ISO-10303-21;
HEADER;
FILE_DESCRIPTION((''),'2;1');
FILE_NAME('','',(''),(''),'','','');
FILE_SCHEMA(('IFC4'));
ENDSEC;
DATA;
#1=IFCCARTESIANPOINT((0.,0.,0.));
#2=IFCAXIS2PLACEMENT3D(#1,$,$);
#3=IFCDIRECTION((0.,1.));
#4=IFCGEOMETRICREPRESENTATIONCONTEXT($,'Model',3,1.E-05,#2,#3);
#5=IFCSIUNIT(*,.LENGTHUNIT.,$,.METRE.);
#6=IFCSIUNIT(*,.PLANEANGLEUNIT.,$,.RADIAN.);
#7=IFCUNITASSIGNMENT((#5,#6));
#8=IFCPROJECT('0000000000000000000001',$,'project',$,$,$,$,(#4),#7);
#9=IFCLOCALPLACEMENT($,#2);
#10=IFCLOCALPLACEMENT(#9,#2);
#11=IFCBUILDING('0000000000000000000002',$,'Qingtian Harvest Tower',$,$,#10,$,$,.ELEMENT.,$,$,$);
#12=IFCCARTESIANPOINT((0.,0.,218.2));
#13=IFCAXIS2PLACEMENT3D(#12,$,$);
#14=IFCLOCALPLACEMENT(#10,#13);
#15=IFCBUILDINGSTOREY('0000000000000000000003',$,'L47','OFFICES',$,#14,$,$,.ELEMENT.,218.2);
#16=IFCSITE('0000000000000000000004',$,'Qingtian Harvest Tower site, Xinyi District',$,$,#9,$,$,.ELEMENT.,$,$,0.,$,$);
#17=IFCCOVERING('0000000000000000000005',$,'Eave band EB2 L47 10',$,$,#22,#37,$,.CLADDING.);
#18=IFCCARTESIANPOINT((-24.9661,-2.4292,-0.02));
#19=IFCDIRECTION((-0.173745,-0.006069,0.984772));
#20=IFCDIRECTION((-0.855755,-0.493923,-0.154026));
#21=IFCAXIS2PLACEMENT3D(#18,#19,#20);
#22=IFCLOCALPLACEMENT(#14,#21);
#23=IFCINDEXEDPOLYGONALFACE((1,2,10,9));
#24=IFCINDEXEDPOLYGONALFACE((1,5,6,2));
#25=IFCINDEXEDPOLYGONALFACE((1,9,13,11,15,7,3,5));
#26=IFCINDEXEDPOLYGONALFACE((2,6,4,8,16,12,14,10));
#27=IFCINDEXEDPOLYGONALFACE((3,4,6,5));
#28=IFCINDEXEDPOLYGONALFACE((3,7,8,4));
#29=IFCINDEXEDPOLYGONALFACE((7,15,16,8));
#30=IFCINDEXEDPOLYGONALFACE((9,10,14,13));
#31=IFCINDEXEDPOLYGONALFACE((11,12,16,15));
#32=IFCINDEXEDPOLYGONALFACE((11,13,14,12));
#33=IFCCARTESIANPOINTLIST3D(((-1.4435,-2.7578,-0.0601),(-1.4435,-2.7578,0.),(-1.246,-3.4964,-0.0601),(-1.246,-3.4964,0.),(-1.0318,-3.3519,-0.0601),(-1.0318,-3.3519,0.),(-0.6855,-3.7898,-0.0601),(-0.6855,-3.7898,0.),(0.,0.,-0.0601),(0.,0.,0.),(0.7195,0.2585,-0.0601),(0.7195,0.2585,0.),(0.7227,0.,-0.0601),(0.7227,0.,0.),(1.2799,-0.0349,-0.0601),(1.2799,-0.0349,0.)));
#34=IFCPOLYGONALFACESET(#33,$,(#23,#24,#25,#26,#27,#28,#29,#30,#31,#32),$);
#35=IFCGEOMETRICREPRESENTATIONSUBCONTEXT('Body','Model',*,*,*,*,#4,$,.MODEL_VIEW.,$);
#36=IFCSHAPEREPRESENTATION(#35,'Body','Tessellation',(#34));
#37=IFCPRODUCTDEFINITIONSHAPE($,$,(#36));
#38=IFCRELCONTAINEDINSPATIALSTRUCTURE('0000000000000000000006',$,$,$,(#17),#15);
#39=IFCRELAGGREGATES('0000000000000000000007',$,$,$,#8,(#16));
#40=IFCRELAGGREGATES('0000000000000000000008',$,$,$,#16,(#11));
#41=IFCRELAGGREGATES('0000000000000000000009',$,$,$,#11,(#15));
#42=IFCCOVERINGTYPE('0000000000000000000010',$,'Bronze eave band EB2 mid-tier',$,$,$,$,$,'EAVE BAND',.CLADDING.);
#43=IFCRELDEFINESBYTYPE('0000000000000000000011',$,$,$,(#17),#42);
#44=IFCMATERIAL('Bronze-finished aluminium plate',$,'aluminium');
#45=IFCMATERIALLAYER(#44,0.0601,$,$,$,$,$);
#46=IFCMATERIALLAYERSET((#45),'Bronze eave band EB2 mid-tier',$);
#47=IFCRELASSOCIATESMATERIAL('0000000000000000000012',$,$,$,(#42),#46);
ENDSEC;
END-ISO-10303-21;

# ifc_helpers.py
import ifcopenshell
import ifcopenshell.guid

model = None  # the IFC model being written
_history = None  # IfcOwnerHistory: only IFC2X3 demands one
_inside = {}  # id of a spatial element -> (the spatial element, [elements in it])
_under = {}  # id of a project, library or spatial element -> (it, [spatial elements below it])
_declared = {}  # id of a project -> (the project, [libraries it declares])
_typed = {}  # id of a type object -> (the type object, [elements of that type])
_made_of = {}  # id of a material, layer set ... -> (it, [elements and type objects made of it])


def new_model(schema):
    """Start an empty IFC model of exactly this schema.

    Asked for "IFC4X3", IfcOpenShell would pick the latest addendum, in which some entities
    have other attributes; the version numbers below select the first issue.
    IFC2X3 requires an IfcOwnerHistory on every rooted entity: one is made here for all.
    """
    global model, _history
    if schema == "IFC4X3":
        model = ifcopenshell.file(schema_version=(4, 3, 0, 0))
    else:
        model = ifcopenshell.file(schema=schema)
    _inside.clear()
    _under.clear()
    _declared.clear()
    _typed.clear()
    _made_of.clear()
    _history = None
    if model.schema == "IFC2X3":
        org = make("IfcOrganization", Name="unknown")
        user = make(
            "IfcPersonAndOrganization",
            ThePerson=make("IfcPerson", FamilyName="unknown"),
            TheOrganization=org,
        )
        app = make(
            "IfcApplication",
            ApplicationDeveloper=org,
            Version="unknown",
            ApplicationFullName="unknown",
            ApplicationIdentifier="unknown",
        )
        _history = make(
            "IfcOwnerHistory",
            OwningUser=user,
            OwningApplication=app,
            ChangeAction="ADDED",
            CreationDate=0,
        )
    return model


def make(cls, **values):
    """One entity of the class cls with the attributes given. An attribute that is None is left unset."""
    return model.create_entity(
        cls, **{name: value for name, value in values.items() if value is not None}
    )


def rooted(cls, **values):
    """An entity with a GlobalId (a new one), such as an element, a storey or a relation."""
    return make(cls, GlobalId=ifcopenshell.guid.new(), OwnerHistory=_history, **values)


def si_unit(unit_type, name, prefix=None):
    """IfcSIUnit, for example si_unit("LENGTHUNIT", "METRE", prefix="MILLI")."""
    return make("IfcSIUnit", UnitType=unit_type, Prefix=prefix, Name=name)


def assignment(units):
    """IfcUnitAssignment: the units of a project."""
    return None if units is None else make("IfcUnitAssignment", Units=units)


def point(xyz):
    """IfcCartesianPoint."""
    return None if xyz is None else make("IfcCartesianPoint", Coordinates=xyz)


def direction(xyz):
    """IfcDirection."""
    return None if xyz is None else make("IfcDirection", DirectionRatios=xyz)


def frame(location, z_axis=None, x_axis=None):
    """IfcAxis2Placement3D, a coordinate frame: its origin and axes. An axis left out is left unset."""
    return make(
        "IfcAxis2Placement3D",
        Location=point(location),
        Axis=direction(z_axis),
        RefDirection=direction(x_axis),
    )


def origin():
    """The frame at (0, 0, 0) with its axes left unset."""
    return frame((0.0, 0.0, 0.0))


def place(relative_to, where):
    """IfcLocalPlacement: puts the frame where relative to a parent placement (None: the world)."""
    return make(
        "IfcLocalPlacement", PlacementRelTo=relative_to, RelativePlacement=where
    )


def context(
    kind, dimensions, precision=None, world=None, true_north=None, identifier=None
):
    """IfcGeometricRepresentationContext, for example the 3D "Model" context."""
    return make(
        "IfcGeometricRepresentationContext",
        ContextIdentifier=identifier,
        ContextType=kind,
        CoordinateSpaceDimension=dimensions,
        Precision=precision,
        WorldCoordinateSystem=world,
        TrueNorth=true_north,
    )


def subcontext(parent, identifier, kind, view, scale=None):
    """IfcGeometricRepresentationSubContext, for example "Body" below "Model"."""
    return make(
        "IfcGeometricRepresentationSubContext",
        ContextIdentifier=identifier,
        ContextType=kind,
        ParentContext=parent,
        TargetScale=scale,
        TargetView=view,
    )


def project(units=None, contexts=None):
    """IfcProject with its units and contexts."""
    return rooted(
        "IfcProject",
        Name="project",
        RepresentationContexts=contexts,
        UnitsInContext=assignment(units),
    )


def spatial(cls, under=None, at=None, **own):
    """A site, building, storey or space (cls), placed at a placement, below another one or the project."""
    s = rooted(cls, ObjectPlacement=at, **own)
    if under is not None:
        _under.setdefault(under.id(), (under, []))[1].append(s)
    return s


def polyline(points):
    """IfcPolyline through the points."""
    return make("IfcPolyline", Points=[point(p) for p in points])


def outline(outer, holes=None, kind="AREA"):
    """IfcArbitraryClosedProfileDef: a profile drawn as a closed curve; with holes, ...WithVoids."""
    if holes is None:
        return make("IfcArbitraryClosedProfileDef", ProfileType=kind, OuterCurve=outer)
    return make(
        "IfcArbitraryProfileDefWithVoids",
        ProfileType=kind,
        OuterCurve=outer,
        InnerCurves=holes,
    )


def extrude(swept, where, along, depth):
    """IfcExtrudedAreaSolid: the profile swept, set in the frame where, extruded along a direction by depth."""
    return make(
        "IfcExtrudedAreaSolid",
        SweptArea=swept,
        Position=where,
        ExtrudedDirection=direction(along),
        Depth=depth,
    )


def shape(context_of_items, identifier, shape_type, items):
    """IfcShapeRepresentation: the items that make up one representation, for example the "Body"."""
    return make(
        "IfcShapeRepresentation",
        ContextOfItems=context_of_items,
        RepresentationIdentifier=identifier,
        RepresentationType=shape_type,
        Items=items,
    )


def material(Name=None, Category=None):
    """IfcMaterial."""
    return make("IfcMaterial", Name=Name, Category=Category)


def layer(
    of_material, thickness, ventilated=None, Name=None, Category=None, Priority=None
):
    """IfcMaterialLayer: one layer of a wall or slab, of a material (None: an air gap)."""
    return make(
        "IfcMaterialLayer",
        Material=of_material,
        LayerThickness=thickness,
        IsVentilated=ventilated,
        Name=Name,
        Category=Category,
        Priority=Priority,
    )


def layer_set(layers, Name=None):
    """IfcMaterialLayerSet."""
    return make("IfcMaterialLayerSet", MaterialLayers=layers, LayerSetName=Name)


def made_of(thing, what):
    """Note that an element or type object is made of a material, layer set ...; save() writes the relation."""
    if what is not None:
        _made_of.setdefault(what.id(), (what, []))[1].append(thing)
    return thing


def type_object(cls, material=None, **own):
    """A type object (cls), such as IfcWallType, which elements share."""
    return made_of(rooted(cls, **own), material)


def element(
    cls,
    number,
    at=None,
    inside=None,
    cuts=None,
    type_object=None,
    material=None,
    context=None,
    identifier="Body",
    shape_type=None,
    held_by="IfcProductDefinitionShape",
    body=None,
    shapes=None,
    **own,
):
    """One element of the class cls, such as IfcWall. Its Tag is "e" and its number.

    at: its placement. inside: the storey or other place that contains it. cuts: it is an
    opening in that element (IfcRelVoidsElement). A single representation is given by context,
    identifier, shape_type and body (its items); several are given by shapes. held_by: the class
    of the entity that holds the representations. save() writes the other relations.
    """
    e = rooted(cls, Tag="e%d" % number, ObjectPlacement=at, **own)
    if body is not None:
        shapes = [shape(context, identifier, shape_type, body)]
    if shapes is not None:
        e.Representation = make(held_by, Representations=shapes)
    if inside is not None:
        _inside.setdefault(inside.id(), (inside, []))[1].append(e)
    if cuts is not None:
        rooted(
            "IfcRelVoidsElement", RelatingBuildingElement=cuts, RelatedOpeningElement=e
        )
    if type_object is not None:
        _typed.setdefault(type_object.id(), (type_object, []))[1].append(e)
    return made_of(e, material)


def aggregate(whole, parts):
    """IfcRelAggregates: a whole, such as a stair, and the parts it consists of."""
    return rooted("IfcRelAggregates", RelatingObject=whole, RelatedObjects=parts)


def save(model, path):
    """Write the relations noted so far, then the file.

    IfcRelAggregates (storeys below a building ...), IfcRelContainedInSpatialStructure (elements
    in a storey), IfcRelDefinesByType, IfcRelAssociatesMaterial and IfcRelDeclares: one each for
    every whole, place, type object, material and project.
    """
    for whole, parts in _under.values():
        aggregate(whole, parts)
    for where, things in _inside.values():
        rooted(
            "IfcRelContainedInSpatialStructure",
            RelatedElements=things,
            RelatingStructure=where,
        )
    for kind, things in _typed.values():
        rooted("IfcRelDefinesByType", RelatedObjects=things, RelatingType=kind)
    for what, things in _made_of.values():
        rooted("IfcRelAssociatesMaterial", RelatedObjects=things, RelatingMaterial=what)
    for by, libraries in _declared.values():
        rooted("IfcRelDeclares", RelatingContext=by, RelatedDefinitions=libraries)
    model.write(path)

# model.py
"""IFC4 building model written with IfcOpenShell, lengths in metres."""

from ifc_helpers import new_model, si_unit, direction, frame, origin, place, context, subcontext, project, spatial, polyline, outline, extrude, material, layer, layer_set, type_object, element, save


model = new_model("IFC4")

# Units and contexts
model_context = context("Model", 3, precision=1e-05, world=origin(), true_north=direction((0.0, 1.0)))
body_context = subcontext(model_context, "Body", "Model", "MODEL_VIEW")
ifc_project = project(units=[si_unit("LENGTHUNIT", "METRE"), si_unit("PLANEANGLEUNIT", "RADIAN")], contexts=[model_context])

# Site, building, storey
site_placement = place(None, origin())
site = spatial("IfcSite", under=ifc_project, at=site_placement, Name="Qingtian Harvest Tower site, Xinyi District", CompositionType="ELEMENT", RefElevation=0.0)
building_placement = place(site_placement, origin())
building = spatial("IfcBuilding", under=site, at=building_placement, Name="Qingtian Harvest Tower", CompositionType="ELEMENT")
storey_placement = place(building_placement, frame((0.0, 0.0, 218.2)))
storey = spatial("IfcBuildingStorey", under=building, at=storey_placement, Name="L47", Description="OFFICES", CompositionType="ELEMENT", Elevation=218.2)

# Covering
ifc_material_1 = material(Name="Bronze-finished aluminium plate", Category="aluminium")
ifc_layer_1 = layer(ifc_material_1, 0.0601)
ifc_layer_set_1 = layer_set([ifc_layer_1], Name="Bronze eave band EB2 mid-tier")
covering_type = type_object("IfcCoveringType", Name="Bronze eave band EB2 mid-tier", ElementType="EAVE BAND", PredefinedType="CLADDING", material=ifc_layer_set_1)
covering_placement = place(storey_placement, frame((-24.9661, -2.4292, -0.02), z_axis=(-0.173745, -0.006069, 0.984772), x_axis=(-0.855755, -0.493923, -0.154026)))
element("IfcCovering", 1, at=covering_placement, inside=storey, type_object=covering_type, Name="Eave band EB2 L47 10", PredefinedType="CLADDING", context=body_context, shape_type="SweptSolid", body=[
    extrude(outline(polyline([(0.0, 0.0), (0.7227, 0.0), (0.7195, 0.2585), (1.2799, -0.0349), (-0.6855, -3.7898), (-1.246, -3.4964), (-1.0318, -3.3519), (-1.4435, -2.7578), (0.0, 0.0)])), origin(), (0.0, 0.0, -1.0), 0.0601),
])

save(model, "model.ifc")
